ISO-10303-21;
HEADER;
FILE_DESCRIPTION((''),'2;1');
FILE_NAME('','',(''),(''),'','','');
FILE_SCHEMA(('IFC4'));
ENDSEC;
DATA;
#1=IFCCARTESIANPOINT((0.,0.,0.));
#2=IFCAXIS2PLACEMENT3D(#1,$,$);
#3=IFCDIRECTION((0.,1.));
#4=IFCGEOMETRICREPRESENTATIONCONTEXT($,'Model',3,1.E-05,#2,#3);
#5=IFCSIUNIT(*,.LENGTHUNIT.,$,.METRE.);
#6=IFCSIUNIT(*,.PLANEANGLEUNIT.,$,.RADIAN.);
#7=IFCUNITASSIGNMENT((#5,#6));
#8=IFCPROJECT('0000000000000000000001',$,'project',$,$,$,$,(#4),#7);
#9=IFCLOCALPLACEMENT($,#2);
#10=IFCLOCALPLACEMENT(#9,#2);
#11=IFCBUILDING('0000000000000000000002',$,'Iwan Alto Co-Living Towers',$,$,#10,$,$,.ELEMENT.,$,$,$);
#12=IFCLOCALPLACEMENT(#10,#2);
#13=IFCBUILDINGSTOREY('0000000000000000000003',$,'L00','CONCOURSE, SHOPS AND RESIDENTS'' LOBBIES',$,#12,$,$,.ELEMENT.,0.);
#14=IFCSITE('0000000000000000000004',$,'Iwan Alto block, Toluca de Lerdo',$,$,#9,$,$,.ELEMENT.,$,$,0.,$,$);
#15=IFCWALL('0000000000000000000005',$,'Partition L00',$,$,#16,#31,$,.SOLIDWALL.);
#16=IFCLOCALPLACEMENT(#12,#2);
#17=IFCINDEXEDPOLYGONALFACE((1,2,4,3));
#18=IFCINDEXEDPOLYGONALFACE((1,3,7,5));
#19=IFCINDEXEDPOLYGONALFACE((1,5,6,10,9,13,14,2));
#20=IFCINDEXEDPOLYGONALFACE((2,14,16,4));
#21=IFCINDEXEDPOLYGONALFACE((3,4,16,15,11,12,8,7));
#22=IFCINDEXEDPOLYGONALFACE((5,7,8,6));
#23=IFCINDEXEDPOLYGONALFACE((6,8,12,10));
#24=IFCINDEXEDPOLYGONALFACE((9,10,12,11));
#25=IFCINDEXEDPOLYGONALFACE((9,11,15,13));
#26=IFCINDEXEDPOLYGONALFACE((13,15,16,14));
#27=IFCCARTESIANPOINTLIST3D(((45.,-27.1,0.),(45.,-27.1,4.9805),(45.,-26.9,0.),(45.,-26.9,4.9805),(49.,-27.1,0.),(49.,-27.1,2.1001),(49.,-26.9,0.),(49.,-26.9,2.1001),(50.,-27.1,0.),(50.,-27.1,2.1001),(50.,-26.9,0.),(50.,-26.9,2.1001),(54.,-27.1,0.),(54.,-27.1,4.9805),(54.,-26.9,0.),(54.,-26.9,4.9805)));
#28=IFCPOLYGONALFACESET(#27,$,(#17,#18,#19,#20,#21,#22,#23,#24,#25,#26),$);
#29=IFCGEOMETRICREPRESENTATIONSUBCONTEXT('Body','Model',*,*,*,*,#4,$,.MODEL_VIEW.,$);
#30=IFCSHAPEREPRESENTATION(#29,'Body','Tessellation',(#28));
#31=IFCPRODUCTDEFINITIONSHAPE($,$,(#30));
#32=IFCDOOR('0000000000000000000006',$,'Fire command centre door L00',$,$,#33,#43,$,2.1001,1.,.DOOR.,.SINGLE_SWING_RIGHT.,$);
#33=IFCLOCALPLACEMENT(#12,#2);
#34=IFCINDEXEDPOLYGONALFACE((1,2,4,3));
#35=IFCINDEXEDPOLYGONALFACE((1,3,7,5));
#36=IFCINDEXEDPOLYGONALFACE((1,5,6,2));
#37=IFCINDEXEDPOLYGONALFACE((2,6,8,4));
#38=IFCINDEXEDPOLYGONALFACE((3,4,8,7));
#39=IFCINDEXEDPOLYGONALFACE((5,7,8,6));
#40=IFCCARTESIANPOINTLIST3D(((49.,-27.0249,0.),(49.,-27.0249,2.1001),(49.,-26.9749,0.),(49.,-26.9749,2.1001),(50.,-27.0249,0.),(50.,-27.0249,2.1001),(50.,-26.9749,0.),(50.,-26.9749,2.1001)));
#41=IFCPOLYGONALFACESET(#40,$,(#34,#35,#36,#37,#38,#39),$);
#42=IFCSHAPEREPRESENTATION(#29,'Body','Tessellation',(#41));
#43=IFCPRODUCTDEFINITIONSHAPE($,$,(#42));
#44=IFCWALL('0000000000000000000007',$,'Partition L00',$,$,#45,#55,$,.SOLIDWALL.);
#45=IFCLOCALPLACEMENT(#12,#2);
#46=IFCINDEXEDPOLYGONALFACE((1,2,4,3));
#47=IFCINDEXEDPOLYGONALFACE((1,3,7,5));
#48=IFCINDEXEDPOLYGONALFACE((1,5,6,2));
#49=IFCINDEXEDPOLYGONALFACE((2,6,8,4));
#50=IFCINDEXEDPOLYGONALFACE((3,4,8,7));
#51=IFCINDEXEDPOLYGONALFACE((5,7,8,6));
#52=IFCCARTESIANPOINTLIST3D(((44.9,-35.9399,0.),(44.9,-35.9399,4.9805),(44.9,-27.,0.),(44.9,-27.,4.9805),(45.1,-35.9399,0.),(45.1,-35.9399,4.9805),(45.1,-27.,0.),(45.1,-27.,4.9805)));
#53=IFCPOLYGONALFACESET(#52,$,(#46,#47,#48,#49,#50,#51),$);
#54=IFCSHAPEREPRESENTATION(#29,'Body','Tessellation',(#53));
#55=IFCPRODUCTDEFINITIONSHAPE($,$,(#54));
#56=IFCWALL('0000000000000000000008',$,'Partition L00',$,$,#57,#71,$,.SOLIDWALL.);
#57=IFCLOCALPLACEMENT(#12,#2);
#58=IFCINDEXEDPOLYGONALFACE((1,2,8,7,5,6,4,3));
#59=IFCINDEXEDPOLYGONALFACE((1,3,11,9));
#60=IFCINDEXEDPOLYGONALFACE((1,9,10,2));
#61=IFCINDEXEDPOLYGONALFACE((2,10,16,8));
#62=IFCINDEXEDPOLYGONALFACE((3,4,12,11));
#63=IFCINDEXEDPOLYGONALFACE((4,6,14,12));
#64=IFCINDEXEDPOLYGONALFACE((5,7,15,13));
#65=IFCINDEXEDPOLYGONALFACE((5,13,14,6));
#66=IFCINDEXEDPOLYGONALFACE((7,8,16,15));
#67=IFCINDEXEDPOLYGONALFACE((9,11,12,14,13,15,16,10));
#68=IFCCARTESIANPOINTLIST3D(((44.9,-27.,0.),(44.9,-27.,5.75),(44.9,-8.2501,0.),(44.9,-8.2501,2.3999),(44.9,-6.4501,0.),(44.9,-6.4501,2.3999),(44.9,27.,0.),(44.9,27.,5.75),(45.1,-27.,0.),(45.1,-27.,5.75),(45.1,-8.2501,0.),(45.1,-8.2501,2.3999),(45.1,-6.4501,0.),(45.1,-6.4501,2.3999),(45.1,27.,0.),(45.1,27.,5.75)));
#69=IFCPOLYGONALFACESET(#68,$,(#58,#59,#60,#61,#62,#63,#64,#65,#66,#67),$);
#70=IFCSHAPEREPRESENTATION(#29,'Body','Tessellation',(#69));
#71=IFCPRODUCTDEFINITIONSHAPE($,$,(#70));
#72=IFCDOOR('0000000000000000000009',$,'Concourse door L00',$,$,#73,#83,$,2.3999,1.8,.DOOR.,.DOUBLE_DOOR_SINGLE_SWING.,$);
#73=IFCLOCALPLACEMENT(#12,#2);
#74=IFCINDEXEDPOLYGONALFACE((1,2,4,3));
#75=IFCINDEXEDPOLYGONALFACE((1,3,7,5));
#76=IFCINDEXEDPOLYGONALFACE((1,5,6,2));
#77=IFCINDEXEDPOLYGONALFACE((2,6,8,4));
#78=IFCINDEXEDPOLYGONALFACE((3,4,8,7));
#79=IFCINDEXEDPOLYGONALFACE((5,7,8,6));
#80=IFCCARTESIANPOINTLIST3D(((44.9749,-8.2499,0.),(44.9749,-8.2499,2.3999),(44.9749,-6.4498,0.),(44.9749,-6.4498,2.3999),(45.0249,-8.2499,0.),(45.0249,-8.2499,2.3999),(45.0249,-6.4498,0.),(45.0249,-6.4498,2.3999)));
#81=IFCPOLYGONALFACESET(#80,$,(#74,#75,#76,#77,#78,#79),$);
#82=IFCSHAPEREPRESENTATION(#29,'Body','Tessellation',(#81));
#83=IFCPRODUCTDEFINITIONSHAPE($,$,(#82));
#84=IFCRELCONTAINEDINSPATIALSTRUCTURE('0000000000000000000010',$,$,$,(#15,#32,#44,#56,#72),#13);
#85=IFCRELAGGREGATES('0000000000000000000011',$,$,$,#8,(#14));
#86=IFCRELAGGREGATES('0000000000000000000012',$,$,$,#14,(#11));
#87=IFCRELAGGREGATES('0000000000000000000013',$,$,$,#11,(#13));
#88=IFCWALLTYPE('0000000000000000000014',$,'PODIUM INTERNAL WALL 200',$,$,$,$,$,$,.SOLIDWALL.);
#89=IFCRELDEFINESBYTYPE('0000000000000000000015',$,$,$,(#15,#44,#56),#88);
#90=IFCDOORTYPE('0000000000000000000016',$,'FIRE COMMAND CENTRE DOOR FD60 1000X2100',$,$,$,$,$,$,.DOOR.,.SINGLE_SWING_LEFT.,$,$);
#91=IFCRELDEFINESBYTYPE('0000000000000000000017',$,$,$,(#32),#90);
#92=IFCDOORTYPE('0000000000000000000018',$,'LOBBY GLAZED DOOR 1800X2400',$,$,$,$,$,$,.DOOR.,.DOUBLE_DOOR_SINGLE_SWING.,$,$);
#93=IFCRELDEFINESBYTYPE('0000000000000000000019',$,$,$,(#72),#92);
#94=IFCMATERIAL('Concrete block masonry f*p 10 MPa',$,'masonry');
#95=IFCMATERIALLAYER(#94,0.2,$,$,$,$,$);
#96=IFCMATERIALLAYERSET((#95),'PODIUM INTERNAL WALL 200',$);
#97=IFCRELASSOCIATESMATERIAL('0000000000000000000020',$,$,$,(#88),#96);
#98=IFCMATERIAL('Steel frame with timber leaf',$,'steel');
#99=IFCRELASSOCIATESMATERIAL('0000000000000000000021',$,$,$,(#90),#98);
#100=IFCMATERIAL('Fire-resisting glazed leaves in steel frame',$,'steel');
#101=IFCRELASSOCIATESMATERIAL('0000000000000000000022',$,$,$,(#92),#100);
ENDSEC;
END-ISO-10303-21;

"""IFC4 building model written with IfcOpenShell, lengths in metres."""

from ifc_helpers import new_model, si_unit, direction, frame, frame_2d, origin, place, context, subcontext, project, spatial, rectangle, extrude, material, layer, layer_set, type_object, element, fill, save


model = new_model("IFC4")

# Units and contexts
model_context = context("Model", 3, precision=1e-05, world=origin(), true_north=direction((0.0, 1.0)))
body_context = subcontext(model_context, "Body", "Model", "MODEL_VIEW")
ifc_project = project(units=[si_unit("LENGTHUNIT", "METRE"), si_unit("PLANEANGLEUNIT", "RADIAN")], contexts=[model_context])

# Site, building, storey
site_placement = place(None, origin())
site = spatial("IfcSite", under=ifc_project, at=site_placement, Name="Iwan Alto block, Toluca de Lerdo", CompositionType="ELEMENT", RefElevation=0.0)
building_placement = place(site_placement, origin())
building = spatial("IfcBuilding", under=site, at=building_placement, Name="Iwan Alto Co-Living Towers", CompositionType="ELEMENT")
storey_placement = place(building_placement, origin())
storey = spatial("IfcBuildingStorey", under=building, at=storey_placement, Name="L00", Description="CONCOURSE, SHOPS AND RESIDENTS' LOBBIES", CompositionType="ELEMENT", Elevation=0.0)

# Wall, opening, door
ifc_material_1 = material(Name="Concrete block masonry f*p 10 MPa", Category="masonry")
ifc_layer_1 = layer(ifc_material_1, 0.2)
ifc_layer_set_1 = layer_set([ifc_layer_1], Name="PODIUM INTERNAL WALL 200")
wall_type_1 = type_object("IfcWallType", Name="PODIUM INTERNAL WALL 200", PredefinedType="SOLIDWALL", material=ifc_layer_set_1)
wall_1_placement = place(storey_placement, frame((45.0, -27.0, 0.0), z_axis=(0.0, 0.0, 1.0), x_axis=(1.0, 0.0, 0.0)))
wall_1 = element("IfcWall", 1, at=wall_1_placement, inside=storey, type_object=wall_type_1, Name="Partition L00", PredefinedType="SOLIDWALL", context=body_context, shape_type="SweptSolid", body=[
    extrude(rectangle(XDim=9.0, YDim=0.2, at=frame_2d((4.5, 0.0))), origin(), (0.0, 0.0, 1.0), 4.9805),
])
opening_1_placement = place(wall_1_placement, frame((4.0, 0.0, 0.0)))
opening_1 = element("IfcOpeningElement", 2, at=opening_1_placement, cuts=wall_1, PredefinedType="OPENING", context=body_context, shape_type="SweptSolid", body=[
    extrude(rectangle(XDim=1.0, YDim=2.1001, at=frame_2d((0.5, 1.05))), frame((0.0, 0.1099, 0.0), z_axis=(0.0, -1.0, 0.0), x_axis=(1.0, 0.0, 0.0)), (0.0, 0.0, 1.0), 0.22),
])
ifc_material_2 = material(Name="Steel frame with timber leaf", Category="steel")
door_type_1 = type_object("IfcDoorType", Name="FIRE COMMAND CENTRE DOOR FD60 1000X2100", OperationType="SINGLE_SWING_LEFT", PredefinedType="DOOR", material=ifc_material_2)
door_1_placement = place(opening_1_placement, frame((1.0, 0.0, 0.0), z_axis=(0.0, 0.0, 1.0), x_axis=(-1.0, 0.0, 0.0)))
door_1 = element("IfcDoor", 3, at=door_1_placement, inside=storey, type_object=door_type_1, Name="Fire command centre door L00", OperationType="SINGLE_SWING_RIGHT", OverallHeight=2.1001, OverallWidth=1.0, PredefinedType="DOOR", context=body_context, shape_type="SweptSolid", body=[
    extrude(rectangle(XDim=1.0, YDim=2.1001, at=frame_2d((0.5, 1.05))), frame((0.0, 0.0249, 0.0), z_axis=(0.0, -1.0, 0.0), x_axis=(1.0, 0.0, 0.0)), (0.0, 0.0, 1.0), 0.05),
])
fill(opening_1, door_1)

# Wall
wall_2_placement = place(storey_placement, frame((45.0, -35.9399, 0.0), z_axis=(0.0, 0.0, 1.0), x_axis=(0.0, 1.0, 0.0)))
element("IfcWall", 4, at=wall_2_placement, inside=storey, type_object=wall_type_1, Name="Partition L00", PredefinedType="SOLIDWALL", context=body_context, shape_type="SweptSolid", body=[
    extrude(rectangle(XDim=8.9399, YDim=0.2, at=frame_2d((4.47, 0.0))), origin(), (0.0, 0.0, 1.0), 4.9805),
])

# Wall, opening, door
wall_3_placement = place(storey_placement, frame((45.0, -27.0, 0.0), z_axis=(0.0, 0.0, 1.0), x_axis=(0.0, 1.0, 0.0)))
wall_3 = element("IfcWall", 5, at=wall_3_placement, inside=storey, type_object=wall_type_1, Name="Partition L00", PredefinedType="SOLIDWALL", context=body_context, shape_type="SweptSolid", body=[
    extrude(rectangle(XDim=54.0, YDim=0.2, at=frame_2d((27.0, 0.0))), origin(), (0.0, 0.0, 1.0), 5.75),
])
opening_2_placement = place(wall_3_placement, frame((18.75, 0.0, 0.0)))
opening_2 = element("IfcOpeningElement", 6, at=opening_2_placement, cuts=wall_3, PredefinedType="OPENING", context=body_context, shape_type="SweptSolid", body=[
    extrude(rectangle(XDim=1.8, YDim=2.3999, at=frame_2d((0.8999, 1.2))), frame((0.0, 0.1099, 0.0), z_axis=(0.0, -1.0, 0.0), x_axis=(1.0, 0.0, 0.0)), (0.0, 0.0, 1.0), 0.22),
])
ifc_material_3 = material(Name="Fire-resisting glazed leaves in steel frame", Category="steel")
door_type_2 = type_object("IfcDoorType", Name="LOBBY GLAZED DOOR 1800X2400", OperationType="DOUBLE_DOOR_SINGLE_SWING", PredefinedType="DOOR", material=ifc_material_3)
door_2_placement = place(opening_2_placement, frame((1.8, 0.0, 0.0), z_axis=(0.0, 0.0, 1.0), x_axis=(-1.0, 0.0, 0.0)))
door_2 = element("IfcDoor", 7, at=door_2_placement, inside=storey, type_object=door_type_2, Name="Concourse door L00", OperationType="DOUBLE_DOOR_SINGLE_SWING", OverallHeight=2.3999, OverallWidth=1.8, PredefinedType="DOOR", context=body_context, shape_type="SweptSolid", body=[
    extrude(rectangle(XDim=1.8, YDim=2.3999, at=frame_2d((0.8999, 1.2))), frame((0.0, 0.0249, 0.0), z_axis=(0.0, -1.0, 0.0), x_axis=(1.0, 0.0, 0.0)), (0.0, 0.0, 1.0), 0.05),
])
fill(opening_2, door_2)

save(model, "model.ifc")
